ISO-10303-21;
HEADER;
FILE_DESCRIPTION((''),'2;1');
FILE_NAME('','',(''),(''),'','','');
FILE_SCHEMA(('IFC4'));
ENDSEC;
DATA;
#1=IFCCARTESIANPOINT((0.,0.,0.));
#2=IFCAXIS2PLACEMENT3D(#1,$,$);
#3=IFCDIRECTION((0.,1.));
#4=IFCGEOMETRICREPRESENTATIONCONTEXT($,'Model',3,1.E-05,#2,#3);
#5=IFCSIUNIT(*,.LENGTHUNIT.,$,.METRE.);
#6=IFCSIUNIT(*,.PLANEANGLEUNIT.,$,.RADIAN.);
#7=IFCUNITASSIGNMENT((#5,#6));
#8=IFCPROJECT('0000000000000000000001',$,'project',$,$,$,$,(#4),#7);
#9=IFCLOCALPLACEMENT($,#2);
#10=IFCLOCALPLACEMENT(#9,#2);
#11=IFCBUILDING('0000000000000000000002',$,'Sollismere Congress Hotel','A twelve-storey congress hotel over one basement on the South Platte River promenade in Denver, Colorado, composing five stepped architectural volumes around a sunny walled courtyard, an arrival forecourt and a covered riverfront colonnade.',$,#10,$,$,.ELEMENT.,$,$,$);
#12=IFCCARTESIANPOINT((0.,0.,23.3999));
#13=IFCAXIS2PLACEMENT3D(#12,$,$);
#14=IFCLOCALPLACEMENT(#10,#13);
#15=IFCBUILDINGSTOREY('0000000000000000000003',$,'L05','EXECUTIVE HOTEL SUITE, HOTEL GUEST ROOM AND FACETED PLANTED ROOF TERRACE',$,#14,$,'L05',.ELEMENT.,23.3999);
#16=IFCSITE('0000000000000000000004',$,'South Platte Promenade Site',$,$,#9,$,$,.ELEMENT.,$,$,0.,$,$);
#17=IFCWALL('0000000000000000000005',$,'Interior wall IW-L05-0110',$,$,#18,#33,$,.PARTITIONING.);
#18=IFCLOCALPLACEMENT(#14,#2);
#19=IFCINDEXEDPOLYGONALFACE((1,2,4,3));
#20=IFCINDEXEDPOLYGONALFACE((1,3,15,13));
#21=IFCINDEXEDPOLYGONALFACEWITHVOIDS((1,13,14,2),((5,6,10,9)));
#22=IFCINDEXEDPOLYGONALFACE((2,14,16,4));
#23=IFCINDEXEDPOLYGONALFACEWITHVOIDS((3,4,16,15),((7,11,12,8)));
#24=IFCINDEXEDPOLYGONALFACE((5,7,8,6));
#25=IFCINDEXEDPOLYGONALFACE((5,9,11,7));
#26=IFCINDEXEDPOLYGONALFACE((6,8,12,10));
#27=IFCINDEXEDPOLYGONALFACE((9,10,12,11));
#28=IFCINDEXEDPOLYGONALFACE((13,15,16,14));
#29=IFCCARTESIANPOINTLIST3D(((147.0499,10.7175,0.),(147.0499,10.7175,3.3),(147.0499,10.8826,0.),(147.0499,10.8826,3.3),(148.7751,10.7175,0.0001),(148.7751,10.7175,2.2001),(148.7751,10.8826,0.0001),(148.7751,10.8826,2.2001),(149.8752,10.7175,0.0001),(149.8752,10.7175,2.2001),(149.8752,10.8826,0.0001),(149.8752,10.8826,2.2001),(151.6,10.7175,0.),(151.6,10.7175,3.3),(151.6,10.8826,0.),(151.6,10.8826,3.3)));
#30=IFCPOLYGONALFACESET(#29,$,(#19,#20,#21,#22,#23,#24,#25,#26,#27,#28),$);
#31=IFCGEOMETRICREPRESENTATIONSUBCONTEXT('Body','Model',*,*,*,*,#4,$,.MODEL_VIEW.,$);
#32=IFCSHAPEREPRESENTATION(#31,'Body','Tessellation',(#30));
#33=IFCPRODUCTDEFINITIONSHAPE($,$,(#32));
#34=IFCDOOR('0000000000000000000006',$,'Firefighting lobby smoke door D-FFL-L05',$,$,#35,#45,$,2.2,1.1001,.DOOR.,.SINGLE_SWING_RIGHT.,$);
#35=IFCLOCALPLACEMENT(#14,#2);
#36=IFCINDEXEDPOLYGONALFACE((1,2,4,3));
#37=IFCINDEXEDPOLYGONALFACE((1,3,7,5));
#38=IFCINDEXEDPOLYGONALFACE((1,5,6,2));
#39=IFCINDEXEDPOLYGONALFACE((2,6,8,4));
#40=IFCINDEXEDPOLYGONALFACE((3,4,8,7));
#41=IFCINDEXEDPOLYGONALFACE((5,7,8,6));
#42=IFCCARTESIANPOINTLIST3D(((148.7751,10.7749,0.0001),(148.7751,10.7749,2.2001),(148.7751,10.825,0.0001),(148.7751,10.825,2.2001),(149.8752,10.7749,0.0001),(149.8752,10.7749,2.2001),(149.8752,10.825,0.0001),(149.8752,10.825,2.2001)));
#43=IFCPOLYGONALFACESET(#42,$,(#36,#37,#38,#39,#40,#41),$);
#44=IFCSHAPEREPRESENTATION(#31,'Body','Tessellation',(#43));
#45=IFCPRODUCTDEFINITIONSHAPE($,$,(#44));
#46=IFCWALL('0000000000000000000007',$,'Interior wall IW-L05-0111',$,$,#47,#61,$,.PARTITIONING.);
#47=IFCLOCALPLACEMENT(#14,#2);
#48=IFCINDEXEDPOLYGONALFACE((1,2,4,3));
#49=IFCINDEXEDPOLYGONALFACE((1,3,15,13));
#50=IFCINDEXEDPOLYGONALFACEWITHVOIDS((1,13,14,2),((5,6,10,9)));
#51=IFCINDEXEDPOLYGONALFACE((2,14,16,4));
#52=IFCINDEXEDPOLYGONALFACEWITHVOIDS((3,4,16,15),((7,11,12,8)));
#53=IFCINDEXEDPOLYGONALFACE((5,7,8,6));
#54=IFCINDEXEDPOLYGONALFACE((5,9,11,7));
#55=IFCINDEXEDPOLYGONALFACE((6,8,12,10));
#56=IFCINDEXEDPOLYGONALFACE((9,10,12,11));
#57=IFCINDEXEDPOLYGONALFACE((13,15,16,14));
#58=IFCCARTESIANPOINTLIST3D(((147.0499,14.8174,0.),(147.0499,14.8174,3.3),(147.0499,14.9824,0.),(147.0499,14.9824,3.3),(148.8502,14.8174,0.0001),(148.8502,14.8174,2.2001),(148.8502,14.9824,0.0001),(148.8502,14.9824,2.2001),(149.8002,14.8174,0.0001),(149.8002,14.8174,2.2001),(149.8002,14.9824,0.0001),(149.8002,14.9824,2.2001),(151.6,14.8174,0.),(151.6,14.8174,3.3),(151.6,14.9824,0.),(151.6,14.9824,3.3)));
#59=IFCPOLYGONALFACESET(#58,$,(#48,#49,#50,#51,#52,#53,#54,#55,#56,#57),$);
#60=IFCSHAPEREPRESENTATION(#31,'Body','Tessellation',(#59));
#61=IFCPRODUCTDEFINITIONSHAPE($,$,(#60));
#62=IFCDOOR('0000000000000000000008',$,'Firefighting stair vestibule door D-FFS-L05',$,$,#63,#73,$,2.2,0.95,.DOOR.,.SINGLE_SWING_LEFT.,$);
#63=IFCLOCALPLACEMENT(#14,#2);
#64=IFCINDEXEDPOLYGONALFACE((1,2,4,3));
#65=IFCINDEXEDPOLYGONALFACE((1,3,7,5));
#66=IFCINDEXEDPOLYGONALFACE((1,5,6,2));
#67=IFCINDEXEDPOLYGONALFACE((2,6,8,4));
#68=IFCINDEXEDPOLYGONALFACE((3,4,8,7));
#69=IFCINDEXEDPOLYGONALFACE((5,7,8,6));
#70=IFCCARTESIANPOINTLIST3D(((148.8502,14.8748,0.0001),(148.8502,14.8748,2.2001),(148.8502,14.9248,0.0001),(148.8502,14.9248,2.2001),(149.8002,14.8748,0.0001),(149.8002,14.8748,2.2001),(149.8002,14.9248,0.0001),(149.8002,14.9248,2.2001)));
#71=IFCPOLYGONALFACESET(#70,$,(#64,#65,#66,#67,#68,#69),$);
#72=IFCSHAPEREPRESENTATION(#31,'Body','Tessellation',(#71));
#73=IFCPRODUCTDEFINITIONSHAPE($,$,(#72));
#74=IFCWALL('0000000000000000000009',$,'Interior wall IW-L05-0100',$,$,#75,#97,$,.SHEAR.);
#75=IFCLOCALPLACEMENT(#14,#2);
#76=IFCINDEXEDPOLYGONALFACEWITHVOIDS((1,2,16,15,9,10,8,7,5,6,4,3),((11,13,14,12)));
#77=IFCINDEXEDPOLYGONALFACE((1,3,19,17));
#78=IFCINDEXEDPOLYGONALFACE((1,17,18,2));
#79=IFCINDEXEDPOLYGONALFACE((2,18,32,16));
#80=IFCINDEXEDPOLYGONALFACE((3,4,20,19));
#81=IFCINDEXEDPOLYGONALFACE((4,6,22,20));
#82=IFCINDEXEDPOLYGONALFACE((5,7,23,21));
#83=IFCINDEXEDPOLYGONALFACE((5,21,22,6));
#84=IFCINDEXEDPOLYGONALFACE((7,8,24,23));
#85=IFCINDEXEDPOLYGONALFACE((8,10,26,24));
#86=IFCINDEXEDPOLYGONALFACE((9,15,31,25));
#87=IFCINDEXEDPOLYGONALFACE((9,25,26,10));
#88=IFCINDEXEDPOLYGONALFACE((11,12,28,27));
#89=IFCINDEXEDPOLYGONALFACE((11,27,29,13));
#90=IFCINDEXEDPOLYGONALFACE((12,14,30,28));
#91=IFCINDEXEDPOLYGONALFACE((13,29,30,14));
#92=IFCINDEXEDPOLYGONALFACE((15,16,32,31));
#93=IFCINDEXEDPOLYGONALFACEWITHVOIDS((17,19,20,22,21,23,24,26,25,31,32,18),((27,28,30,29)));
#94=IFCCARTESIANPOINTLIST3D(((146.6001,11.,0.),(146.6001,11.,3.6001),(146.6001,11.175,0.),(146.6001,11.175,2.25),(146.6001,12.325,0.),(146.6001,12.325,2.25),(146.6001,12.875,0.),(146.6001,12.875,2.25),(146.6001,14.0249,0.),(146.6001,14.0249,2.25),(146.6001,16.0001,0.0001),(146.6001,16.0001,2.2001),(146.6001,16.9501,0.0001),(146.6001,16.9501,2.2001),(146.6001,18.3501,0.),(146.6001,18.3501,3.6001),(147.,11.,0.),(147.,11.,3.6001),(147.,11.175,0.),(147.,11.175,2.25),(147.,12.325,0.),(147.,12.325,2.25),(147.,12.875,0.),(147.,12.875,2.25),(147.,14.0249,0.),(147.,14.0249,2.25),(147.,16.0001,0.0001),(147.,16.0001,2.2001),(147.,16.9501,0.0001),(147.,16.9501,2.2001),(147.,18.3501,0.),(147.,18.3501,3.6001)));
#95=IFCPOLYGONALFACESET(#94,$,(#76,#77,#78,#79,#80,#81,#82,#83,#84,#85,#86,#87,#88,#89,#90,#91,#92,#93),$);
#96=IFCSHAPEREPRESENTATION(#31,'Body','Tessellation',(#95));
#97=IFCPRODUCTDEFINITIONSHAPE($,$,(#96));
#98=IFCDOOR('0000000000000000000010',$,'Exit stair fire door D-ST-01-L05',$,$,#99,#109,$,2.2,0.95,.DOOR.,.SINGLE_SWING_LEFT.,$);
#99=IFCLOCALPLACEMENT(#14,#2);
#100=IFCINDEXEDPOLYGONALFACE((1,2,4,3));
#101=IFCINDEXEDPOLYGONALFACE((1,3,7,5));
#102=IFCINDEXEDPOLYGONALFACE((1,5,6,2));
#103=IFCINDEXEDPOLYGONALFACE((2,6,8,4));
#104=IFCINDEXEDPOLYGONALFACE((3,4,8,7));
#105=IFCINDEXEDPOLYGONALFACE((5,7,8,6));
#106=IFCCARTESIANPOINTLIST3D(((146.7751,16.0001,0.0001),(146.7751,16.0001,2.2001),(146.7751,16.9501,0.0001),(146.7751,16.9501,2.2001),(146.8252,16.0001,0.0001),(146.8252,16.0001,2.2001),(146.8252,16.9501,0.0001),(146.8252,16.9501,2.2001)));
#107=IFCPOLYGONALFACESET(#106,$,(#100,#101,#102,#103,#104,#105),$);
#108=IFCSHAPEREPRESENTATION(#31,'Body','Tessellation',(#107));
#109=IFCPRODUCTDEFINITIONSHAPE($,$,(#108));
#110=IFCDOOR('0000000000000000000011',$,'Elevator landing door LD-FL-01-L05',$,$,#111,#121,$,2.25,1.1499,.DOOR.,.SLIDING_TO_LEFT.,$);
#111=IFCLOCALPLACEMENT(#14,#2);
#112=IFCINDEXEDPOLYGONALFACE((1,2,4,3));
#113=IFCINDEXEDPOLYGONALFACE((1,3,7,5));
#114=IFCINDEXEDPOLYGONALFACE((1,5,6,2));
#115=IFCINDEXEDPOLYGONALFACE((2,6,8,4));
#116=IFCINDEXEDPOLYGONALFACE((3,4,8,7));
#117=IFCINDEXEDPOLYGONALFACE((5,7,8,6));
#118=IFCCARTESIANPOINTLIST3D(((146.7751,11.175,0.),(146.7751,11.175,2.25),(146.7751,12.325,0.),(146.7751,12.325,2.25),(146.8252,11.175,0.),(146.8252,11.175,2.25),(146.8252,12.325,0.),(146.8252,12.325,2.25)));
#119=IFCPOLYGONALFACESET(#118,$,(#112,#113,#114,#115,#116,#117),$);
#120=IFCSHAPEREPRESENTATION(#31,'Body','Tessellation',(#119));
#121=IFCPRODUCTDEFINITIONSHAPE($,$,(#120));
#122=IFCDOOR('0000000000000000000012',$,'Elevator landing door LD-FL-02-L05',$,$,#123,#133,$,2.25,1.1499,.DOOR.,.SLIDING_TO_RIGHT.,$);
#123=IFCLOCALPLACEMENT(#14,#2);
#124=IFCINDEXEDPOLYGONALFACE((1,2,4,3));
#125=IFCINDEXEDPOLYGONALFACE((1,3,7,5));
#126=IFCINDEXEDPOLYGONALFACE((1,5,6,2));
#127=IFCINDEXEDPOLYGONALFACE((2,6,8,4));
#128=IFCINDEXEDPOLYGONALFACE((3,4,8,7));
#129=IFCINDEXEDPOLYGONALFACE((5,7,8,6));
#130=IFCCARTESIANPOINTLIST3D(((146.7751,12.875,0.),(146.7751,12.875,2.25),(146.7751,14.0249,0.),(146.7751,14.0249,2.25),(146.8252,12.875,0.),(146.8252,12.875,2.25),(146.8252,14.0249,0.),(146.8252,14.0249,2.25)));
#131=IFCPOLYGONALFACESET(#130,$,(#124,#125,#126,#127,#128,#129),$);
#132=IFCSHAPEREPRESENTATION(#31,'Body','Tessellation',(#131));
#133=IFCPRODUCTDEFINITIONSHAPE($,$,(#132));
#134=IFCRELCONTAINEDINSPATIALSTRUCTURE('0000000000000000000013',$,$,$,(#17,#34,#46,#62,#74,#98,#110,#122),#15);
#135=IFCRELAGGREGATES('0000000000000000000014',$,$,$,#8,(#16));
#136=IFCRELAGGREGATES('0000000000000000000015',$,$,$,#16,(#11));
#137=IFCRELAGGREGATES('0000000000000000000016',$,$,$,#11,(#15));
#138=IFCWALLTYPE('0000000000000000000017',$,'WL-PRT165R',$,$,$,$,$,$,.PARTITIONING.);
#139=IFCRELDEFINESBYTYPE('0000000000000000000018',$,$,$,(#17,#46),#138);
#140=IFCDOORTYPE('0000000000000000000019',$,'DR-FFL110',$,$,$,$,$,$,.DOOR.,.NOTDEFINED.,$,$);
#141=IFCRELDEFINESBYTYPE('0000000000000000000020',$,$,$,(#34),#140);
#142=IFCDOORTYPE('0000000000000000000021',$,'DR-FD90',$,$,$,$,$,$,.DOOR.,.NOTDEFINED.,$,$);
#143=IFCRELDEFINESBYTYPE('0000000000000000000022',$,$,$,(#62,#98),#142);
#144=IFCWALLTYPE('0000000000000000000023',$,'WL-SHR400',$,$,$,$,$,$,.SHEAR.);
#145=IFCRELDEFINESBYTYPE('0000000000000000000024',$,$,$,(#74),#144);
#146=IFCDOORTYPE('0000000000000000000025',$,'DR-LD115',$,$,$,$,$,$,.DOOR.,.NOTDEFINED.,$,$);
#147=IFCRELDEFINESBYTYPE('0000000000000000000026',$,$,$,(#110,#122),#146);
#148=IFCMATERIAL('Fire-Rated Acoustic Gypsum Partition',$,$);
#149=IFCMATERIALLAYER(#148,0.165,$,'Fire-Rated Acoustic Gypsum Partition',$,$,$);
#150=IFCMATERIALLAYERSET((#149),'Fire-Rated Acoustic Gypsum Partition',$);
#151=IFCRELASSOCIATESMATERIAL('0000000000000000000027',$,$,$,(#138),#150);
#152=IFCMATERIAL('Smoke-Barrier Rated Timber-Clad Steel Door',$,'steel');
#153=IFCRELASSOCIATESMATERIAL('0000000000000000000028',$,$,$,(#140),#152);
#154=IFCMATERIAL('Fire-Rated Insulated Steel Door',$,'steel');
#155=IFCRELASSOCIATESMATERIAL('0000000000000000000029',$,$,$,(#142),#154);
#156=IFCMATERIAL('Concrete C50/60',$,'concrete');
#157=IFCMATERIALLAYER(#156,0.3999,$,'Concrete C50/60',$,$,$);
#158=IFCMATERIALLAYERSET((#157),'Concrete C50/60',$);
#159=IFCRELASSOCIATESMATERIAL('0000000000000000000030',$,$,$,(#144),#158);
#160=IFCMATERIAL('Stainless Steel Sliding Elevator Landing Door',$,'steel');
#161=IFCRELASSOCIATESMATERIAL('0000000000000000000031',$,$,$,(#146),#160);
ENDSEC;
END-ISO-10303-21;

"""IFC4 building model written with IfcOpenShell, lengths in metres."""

from ifc_helpers import new_model, si_unit, direction, frame, frame_2d, origin, place, context, subcontext, project, spatial, rectangle, extrude, material, layer, layer_set, type_object, element, fill, save


model = new_model("IFC4")

# Units and contexts
model_context = context("Model", 3, precision=1e-05, world=origin(), true_north=direction((0.0, 1.0)))
body_context = subcontext(model_context, "Body", "Model", "MODEL_VIEW")
ifc_project = project(units=[si_unit("LENGTHUNIT", "METRE"), si_unit("PLANEANGLEUNIT", "RADIAN")], contexts=[model_context])

# Site, building, storey
site_placement = place(None, origin())
site = spatial("IfcSite", under=ifc_project, at=site_placement, Name="South Platte Promenade Site", CompositionType="ELEMENT", RefElevation=0.0)
building_placement = place(site_placement, origin())
building = spatial("IfcBuilding", under=site, at=building_placement, Name="Sollismere Congress Hotel", Description="A twelve-storey congress hotel over one basement on the South Platte River promenade in Denver, Colorado, composing five stepped architectural volumes around a sunny walled courtyard, an arrival forecourt and a covered riverfront colonnade.", CompositionType="ELEMENT")
storey_placement = place(building_placement, frame((0.0, 0.0, 23.3999)))
storey = spatial("IfcBuildingStorey", under=building, at=storey_placement, Name="L05", Description="EXECUTIVE HOTEL SUITE, HOTEL GUEST ROOM AND FACETED PLANTED ROOF TERRACE", LongName="L05", CompositionType="ELEMENT", Elevation=23.3999)

# Walls, openings, doors
ifc_material_1 = material(Name="Fire-Rated Acoustic Gypsum Partition")
ifc_layer_1 = layer(ifc_material_1, 0.165, Name="Fire-Rated Acoustic Gypsum Partition")
ifc_layer_set_1 = layer_set([ifc_layer_1], Name="Fire-Rated Acoustic Gypsum Partition")
wall_type_1 = type_object("IfcWallType", Name="WL-PRT165R", PredefinedType="PARTITIONING", material=ifc_layer_set_1)
wall_1_placement = place(storey_placement, frame((147.05, 10.8, 0.0), z_axis=(0.0, 0.0, 1.0), x_axis=(1.0, 0.0, 0.0)))
wall_1 = element("IfcWall", 1, at=wall_1_placement, inside=storey, type_object=wall_type_1, Name="Interior wall IW-L05-0110", PredefinedType="PARTITIONING", context=body_context, shape_type="SweptSolid", body=[
    extrude(rectangle(XDim=4.55, YDim=0.165, at=frame_2d((2.2749, 0.0))), origin(), (0.0, 0.0, 1.0), 3.3),
])
opening_1_placement = place(wall_1_placement, frame((1.7251, 0.0, 0.0)))
opening_1 = element("IfcOpeningElement", 2, at=opening_1_placement, cuts=wall_1, PredefinedType="OPENING", context=body_context, shape_type="SweptSolid", body=[
    extrude(rectangle(XDim=1.1001, YDim=2.2, at=frame_2d((0.55, 1.1001))), frame((0.0, 0.0925, 0.0), z_axis=(0.0, -1.0, 0.0), x_axis=(1.0, 0.0, 0.0)), (0.0, 0.0, 1.0), 0.1851),
])
ifc_material_2 = material(Name="Smoke-Barrier Rated Timber-Clad Steel Door", Category="steel")
door_type_1 = type_object("IfcDoorType", Name="DR-FFL110", OperationType="NOTDEFINED", PredefinedType="DOOR", material=ifc_material_2)
door_1_placement = place(opening_1_placement, origin())
door_1 = element("IfcDoor", 3, at=door_1_placement, inside=storey, type_object=door_type_1, Name="Firefighting lobby smoke door D-FFL-L05", OperationType="SINGLE_SWING_RIGHT", OverallHeight=2.2, OverallWidth=1.1001, PredefinedType="DOOR", context=body_context, shape_type="SweptSolid", body=[
    extrude(rectangle(XDim=1.1001, YDim=2.2, at=frame_2d((0.55, 1.1001))), frame((0.0, 0.0249, 0.0), z_axis=(0.0, -1.0, 0.0), x_axis=(1.0, 0.0, 0.0)), (0.0, 0.0, 1.0), 0.05),
])
fill(opening_1, door_1)
wall_2_placement = place(storey_placement, frame((147.05, 14.8999, 0.0), z_axis=(0.0, 0.0, 1.0), x_axis=(1.0, 0.0, 0.0)))
wall_2 = element("IfcWall", 4, at=wall_2_placement, inside=storey, type_object=wall_type_1, Name="Interior wall IW-L05-0111", PredefinedType="PARTITIONING", context=body_context, shape_type="SweptSolid", body=[
    extrude(rectangle(XDim=4.55, YDim=0.165, at=frame_2d((2.2749, 0.0))), origin(), (0.0, 0.0, 1.0), 3.3),
])
opening_2_placement = place(wall_2_placement, frame((1.8, 0.0, 0.0)))
opening_2 = element("IfcOpeningElement", 5, at=opening_2_placement, cuts=wall_2, PredefinedType="OPENING", context=body_context, shape_type="SweptSolid", body=[
    extrude(rectangle(XDim=0.95, YDim=2.2, at=frame_2d((0.4751, 1.1001))), frame((0.0, 0.0925, 0.0), z_axis=(0.0, -1.0, 0.0), x_axis=(1.0, 0.0, 0.0)), (0.0, 0.0, 1.0), 0.1851),
])
ifc_material_3 = material(Name="Fire-Rated Insulated Steel Door", Category="steel")
door_type_2 = type_object("IfcDoorType", Name="DR-FD90", OperationType="NOTDEFINED", PredefinedType="DOOR", material=ifc_material_3)
door_2_placement = place(opening_2_placement, origin())
door_2 = element("IfcDoor", 6, at=door_2_placement, inside=storey, type_object=door_type_2, Name="Firefighting stair vestibule door D-FFS-L05", OperationType="SINGLE_SWING_LEFT", OverallHeight=2.2, OverallWidth=0.95, PredefinedType="DOOR", context=body_context, shape_type="SweptSolid", body=[
    extrude(rectangle(XDim=0.95, YDim=2.2, at=frame_2d((0.4751, 1.1001))), frame((0.0, 0.0249, 0.0), z_axis=(0.0, -1.0, 0.0), x_axis=(1.0, 0.0, 0.0)), (0.0, 0.0, 1.0), 0.05),
])
fill(opening_2, door_2)

# Wall, openings, doors
ifc_material_4 = material(Name="Concrete C50/60", Category="concrete")
ifc_layer_2 = layer(ifc_material_4, 0.3999, Name="Concrete C50/60")
ifc_layer_set_2 = layer_set([ifc_layer_2], Name="Concrete C50/60")
wall_type_2 = type_object("IfcWallType", Name="WL-SHR400", PredefinedType="SHEAR", material=ifc_layer_set_2)
wall_3_placement = place(storey_placement, frame((146.8, 11.0, 0.0), z_axis=(0.0, 0.0, 1.0), x_axis=(0.0, 1.0, 0.0)))
wall_3 = element("IfcWall", 7, at=wall_3_placement, inside=storey, type_object=wall_type_2, Name="Interior wall IW-L05-0100", PredefinedType="SHEAR", context=body_context, shape_type="SweptSolid", body=[
    extrude(rectangle(XDim=7.3501, YDim=0.3999, at=frame_2d((3.675, 0.0))), origin(), (0.0, 0.0, 1.0), 3.6001),
])
opening_3_placement = place(wall_3_placement, frame((5.0, 0.0, 0.0)))
opening_3 = element("IfcOpeningElement", 8, at=opening_3_placement, cuts=wall_3, PredefinedType="OPENING", context=body_context, shape_type="SweptSolid", body=[
    extrude(rectangle(XDim=0.95, YDim=2.2, at=frame_2d((0.4751, 1.1001))), frame((0.0, 0.21, 0.0), z_axis=(0.0, -1.0, 0.0), x_axis=(1.0, 0.0, 0.0)), (0.0, 0.0, 1.0), 0.4199),
])
opening_4_placement = place(wall_3_placement, frame((0.175, 0.0, 0.0)))
opening_4 = element("IfcOpeningElement", 9, at=opening_4_placement, cuts=wall_3, PredefinedType="OPENING", context=body_context, shape_type="SweptSolid", body=[
    extrude(rectangle(XDim=1.1499, YDim=2.25, at=frame_2d((0.575, 1.125))), frame((0.0, 0.21, 0.0), z_axis=(0.0, -1.0, 0.0), x_axis=(1.0, 0.0, 0.0)), (0.0, 0.0, 1.0), 0.4199),
])
opening_5_placement = place(wall_3_placement, frame((1.875, 0.0, 0.0)))
opening_5 = element("IfcOpeningElement", 10, at=opening_5_placement, cuts=wall_3, PredefinedType="OPENING", context=body_context, shape_type="SweptSolid", body=[
    extrude(rectangle(XDim=1.1499, YDim=2.25, at=frame_2d((0.575, 1.125))), frame((0.0, 0.21, 0.0), z_axis=(0.0, -1.0, 0.0), x_axis=(1.0, 0.0, 0.0)), (0.0, 0.0, 1.0), 0.4199),
])
door_3_placement = place(opening_3_placement, origin())
door_3 = element("IfcDoor", 11, at=door_3_placement, inside=storey, type_object=door_type_2, Name="Exit stair fire door D-ST-01-L05", OperationType="SINGLE_SWING_LEFT", OverallHeight=2.2, OverallWidth=0.95, PredefinedType="DOOR", context=body_context, shape_type="SweptSolid", body=[
    extrude(rectangle(XDim=0.95, YDim=2.2, at=frame_2d((0.4751, 1.1001))), frame((0.0, 0.0249, 0.0), z_axis=(0.0, -1.0, 0.0), x_axis=(1.0, 0.0, 0.0)), (0.0, 0.0, 1.0), 0.05),
])
fill(opening_3, door_3)
ifc_material_5 = material(Name="Stainless Steel Sliding Elevator Landing Door", Category="steel")
door_type_3 = type_object("IfcDoorType", Name="DR-LD115", OperationType="NOTDEFINED", PredefinedType="DOOR", material=ifc_material_5)
door_4_placement = place(opening_4_placement, origin())
door_4 = element("IfcDoor", 12, at=door_4_placement, inside=storey, type_object=door_type_3, Name="Elevator landing door LD-FL-01-L05", OperationType="SLIDING_TO_LEFT", OverallHeight=2.25, OverallWidth=1.1499, PredefinedType="DOOR", context=body_context, shape_type="SweptSolid", body=[
    extrude(rectangle(XDim=1.1499, YDim=2.25, at=frame_2d((0.575, 1.125))), frame((0.0, 0.0249, 0.0), z_axis=(0.0, -1.0, 0.0), x_axis=(1.0, 0.0, 0.0)), (0.0, 0.0, 1.0), 0.05),
])
fill(opening_4, door_4)
door_5_placement = place(opening_5_placement, origin())
door_5 = element("IfcDoor", 13, at=door_5_placement, inside=storey, type_object=door_type_3, Name="Elevator landing door LD-FL-02-L05", OperationType="SLIDING_TO_RIGHT", OverallHeight=2.25, OverallWidth=1.1499, PredefinedType="DOOR", context=body_context, shape_type="SweptSolid", body=[
    extrude(rectangle(XDim=1.1499, YDim=2.25, at=frame_2d((0.575, 1.125))), frame((0.0, 0.0249, 0.0), z_axis=(0.0, -1.0, 0.0), x_axis=(1.0, 0.0, 0.0)), (0.0, 0.0, 1.0), 0.05),
])
fill(opening_5, door_5)

save(model, "model.ifc")
